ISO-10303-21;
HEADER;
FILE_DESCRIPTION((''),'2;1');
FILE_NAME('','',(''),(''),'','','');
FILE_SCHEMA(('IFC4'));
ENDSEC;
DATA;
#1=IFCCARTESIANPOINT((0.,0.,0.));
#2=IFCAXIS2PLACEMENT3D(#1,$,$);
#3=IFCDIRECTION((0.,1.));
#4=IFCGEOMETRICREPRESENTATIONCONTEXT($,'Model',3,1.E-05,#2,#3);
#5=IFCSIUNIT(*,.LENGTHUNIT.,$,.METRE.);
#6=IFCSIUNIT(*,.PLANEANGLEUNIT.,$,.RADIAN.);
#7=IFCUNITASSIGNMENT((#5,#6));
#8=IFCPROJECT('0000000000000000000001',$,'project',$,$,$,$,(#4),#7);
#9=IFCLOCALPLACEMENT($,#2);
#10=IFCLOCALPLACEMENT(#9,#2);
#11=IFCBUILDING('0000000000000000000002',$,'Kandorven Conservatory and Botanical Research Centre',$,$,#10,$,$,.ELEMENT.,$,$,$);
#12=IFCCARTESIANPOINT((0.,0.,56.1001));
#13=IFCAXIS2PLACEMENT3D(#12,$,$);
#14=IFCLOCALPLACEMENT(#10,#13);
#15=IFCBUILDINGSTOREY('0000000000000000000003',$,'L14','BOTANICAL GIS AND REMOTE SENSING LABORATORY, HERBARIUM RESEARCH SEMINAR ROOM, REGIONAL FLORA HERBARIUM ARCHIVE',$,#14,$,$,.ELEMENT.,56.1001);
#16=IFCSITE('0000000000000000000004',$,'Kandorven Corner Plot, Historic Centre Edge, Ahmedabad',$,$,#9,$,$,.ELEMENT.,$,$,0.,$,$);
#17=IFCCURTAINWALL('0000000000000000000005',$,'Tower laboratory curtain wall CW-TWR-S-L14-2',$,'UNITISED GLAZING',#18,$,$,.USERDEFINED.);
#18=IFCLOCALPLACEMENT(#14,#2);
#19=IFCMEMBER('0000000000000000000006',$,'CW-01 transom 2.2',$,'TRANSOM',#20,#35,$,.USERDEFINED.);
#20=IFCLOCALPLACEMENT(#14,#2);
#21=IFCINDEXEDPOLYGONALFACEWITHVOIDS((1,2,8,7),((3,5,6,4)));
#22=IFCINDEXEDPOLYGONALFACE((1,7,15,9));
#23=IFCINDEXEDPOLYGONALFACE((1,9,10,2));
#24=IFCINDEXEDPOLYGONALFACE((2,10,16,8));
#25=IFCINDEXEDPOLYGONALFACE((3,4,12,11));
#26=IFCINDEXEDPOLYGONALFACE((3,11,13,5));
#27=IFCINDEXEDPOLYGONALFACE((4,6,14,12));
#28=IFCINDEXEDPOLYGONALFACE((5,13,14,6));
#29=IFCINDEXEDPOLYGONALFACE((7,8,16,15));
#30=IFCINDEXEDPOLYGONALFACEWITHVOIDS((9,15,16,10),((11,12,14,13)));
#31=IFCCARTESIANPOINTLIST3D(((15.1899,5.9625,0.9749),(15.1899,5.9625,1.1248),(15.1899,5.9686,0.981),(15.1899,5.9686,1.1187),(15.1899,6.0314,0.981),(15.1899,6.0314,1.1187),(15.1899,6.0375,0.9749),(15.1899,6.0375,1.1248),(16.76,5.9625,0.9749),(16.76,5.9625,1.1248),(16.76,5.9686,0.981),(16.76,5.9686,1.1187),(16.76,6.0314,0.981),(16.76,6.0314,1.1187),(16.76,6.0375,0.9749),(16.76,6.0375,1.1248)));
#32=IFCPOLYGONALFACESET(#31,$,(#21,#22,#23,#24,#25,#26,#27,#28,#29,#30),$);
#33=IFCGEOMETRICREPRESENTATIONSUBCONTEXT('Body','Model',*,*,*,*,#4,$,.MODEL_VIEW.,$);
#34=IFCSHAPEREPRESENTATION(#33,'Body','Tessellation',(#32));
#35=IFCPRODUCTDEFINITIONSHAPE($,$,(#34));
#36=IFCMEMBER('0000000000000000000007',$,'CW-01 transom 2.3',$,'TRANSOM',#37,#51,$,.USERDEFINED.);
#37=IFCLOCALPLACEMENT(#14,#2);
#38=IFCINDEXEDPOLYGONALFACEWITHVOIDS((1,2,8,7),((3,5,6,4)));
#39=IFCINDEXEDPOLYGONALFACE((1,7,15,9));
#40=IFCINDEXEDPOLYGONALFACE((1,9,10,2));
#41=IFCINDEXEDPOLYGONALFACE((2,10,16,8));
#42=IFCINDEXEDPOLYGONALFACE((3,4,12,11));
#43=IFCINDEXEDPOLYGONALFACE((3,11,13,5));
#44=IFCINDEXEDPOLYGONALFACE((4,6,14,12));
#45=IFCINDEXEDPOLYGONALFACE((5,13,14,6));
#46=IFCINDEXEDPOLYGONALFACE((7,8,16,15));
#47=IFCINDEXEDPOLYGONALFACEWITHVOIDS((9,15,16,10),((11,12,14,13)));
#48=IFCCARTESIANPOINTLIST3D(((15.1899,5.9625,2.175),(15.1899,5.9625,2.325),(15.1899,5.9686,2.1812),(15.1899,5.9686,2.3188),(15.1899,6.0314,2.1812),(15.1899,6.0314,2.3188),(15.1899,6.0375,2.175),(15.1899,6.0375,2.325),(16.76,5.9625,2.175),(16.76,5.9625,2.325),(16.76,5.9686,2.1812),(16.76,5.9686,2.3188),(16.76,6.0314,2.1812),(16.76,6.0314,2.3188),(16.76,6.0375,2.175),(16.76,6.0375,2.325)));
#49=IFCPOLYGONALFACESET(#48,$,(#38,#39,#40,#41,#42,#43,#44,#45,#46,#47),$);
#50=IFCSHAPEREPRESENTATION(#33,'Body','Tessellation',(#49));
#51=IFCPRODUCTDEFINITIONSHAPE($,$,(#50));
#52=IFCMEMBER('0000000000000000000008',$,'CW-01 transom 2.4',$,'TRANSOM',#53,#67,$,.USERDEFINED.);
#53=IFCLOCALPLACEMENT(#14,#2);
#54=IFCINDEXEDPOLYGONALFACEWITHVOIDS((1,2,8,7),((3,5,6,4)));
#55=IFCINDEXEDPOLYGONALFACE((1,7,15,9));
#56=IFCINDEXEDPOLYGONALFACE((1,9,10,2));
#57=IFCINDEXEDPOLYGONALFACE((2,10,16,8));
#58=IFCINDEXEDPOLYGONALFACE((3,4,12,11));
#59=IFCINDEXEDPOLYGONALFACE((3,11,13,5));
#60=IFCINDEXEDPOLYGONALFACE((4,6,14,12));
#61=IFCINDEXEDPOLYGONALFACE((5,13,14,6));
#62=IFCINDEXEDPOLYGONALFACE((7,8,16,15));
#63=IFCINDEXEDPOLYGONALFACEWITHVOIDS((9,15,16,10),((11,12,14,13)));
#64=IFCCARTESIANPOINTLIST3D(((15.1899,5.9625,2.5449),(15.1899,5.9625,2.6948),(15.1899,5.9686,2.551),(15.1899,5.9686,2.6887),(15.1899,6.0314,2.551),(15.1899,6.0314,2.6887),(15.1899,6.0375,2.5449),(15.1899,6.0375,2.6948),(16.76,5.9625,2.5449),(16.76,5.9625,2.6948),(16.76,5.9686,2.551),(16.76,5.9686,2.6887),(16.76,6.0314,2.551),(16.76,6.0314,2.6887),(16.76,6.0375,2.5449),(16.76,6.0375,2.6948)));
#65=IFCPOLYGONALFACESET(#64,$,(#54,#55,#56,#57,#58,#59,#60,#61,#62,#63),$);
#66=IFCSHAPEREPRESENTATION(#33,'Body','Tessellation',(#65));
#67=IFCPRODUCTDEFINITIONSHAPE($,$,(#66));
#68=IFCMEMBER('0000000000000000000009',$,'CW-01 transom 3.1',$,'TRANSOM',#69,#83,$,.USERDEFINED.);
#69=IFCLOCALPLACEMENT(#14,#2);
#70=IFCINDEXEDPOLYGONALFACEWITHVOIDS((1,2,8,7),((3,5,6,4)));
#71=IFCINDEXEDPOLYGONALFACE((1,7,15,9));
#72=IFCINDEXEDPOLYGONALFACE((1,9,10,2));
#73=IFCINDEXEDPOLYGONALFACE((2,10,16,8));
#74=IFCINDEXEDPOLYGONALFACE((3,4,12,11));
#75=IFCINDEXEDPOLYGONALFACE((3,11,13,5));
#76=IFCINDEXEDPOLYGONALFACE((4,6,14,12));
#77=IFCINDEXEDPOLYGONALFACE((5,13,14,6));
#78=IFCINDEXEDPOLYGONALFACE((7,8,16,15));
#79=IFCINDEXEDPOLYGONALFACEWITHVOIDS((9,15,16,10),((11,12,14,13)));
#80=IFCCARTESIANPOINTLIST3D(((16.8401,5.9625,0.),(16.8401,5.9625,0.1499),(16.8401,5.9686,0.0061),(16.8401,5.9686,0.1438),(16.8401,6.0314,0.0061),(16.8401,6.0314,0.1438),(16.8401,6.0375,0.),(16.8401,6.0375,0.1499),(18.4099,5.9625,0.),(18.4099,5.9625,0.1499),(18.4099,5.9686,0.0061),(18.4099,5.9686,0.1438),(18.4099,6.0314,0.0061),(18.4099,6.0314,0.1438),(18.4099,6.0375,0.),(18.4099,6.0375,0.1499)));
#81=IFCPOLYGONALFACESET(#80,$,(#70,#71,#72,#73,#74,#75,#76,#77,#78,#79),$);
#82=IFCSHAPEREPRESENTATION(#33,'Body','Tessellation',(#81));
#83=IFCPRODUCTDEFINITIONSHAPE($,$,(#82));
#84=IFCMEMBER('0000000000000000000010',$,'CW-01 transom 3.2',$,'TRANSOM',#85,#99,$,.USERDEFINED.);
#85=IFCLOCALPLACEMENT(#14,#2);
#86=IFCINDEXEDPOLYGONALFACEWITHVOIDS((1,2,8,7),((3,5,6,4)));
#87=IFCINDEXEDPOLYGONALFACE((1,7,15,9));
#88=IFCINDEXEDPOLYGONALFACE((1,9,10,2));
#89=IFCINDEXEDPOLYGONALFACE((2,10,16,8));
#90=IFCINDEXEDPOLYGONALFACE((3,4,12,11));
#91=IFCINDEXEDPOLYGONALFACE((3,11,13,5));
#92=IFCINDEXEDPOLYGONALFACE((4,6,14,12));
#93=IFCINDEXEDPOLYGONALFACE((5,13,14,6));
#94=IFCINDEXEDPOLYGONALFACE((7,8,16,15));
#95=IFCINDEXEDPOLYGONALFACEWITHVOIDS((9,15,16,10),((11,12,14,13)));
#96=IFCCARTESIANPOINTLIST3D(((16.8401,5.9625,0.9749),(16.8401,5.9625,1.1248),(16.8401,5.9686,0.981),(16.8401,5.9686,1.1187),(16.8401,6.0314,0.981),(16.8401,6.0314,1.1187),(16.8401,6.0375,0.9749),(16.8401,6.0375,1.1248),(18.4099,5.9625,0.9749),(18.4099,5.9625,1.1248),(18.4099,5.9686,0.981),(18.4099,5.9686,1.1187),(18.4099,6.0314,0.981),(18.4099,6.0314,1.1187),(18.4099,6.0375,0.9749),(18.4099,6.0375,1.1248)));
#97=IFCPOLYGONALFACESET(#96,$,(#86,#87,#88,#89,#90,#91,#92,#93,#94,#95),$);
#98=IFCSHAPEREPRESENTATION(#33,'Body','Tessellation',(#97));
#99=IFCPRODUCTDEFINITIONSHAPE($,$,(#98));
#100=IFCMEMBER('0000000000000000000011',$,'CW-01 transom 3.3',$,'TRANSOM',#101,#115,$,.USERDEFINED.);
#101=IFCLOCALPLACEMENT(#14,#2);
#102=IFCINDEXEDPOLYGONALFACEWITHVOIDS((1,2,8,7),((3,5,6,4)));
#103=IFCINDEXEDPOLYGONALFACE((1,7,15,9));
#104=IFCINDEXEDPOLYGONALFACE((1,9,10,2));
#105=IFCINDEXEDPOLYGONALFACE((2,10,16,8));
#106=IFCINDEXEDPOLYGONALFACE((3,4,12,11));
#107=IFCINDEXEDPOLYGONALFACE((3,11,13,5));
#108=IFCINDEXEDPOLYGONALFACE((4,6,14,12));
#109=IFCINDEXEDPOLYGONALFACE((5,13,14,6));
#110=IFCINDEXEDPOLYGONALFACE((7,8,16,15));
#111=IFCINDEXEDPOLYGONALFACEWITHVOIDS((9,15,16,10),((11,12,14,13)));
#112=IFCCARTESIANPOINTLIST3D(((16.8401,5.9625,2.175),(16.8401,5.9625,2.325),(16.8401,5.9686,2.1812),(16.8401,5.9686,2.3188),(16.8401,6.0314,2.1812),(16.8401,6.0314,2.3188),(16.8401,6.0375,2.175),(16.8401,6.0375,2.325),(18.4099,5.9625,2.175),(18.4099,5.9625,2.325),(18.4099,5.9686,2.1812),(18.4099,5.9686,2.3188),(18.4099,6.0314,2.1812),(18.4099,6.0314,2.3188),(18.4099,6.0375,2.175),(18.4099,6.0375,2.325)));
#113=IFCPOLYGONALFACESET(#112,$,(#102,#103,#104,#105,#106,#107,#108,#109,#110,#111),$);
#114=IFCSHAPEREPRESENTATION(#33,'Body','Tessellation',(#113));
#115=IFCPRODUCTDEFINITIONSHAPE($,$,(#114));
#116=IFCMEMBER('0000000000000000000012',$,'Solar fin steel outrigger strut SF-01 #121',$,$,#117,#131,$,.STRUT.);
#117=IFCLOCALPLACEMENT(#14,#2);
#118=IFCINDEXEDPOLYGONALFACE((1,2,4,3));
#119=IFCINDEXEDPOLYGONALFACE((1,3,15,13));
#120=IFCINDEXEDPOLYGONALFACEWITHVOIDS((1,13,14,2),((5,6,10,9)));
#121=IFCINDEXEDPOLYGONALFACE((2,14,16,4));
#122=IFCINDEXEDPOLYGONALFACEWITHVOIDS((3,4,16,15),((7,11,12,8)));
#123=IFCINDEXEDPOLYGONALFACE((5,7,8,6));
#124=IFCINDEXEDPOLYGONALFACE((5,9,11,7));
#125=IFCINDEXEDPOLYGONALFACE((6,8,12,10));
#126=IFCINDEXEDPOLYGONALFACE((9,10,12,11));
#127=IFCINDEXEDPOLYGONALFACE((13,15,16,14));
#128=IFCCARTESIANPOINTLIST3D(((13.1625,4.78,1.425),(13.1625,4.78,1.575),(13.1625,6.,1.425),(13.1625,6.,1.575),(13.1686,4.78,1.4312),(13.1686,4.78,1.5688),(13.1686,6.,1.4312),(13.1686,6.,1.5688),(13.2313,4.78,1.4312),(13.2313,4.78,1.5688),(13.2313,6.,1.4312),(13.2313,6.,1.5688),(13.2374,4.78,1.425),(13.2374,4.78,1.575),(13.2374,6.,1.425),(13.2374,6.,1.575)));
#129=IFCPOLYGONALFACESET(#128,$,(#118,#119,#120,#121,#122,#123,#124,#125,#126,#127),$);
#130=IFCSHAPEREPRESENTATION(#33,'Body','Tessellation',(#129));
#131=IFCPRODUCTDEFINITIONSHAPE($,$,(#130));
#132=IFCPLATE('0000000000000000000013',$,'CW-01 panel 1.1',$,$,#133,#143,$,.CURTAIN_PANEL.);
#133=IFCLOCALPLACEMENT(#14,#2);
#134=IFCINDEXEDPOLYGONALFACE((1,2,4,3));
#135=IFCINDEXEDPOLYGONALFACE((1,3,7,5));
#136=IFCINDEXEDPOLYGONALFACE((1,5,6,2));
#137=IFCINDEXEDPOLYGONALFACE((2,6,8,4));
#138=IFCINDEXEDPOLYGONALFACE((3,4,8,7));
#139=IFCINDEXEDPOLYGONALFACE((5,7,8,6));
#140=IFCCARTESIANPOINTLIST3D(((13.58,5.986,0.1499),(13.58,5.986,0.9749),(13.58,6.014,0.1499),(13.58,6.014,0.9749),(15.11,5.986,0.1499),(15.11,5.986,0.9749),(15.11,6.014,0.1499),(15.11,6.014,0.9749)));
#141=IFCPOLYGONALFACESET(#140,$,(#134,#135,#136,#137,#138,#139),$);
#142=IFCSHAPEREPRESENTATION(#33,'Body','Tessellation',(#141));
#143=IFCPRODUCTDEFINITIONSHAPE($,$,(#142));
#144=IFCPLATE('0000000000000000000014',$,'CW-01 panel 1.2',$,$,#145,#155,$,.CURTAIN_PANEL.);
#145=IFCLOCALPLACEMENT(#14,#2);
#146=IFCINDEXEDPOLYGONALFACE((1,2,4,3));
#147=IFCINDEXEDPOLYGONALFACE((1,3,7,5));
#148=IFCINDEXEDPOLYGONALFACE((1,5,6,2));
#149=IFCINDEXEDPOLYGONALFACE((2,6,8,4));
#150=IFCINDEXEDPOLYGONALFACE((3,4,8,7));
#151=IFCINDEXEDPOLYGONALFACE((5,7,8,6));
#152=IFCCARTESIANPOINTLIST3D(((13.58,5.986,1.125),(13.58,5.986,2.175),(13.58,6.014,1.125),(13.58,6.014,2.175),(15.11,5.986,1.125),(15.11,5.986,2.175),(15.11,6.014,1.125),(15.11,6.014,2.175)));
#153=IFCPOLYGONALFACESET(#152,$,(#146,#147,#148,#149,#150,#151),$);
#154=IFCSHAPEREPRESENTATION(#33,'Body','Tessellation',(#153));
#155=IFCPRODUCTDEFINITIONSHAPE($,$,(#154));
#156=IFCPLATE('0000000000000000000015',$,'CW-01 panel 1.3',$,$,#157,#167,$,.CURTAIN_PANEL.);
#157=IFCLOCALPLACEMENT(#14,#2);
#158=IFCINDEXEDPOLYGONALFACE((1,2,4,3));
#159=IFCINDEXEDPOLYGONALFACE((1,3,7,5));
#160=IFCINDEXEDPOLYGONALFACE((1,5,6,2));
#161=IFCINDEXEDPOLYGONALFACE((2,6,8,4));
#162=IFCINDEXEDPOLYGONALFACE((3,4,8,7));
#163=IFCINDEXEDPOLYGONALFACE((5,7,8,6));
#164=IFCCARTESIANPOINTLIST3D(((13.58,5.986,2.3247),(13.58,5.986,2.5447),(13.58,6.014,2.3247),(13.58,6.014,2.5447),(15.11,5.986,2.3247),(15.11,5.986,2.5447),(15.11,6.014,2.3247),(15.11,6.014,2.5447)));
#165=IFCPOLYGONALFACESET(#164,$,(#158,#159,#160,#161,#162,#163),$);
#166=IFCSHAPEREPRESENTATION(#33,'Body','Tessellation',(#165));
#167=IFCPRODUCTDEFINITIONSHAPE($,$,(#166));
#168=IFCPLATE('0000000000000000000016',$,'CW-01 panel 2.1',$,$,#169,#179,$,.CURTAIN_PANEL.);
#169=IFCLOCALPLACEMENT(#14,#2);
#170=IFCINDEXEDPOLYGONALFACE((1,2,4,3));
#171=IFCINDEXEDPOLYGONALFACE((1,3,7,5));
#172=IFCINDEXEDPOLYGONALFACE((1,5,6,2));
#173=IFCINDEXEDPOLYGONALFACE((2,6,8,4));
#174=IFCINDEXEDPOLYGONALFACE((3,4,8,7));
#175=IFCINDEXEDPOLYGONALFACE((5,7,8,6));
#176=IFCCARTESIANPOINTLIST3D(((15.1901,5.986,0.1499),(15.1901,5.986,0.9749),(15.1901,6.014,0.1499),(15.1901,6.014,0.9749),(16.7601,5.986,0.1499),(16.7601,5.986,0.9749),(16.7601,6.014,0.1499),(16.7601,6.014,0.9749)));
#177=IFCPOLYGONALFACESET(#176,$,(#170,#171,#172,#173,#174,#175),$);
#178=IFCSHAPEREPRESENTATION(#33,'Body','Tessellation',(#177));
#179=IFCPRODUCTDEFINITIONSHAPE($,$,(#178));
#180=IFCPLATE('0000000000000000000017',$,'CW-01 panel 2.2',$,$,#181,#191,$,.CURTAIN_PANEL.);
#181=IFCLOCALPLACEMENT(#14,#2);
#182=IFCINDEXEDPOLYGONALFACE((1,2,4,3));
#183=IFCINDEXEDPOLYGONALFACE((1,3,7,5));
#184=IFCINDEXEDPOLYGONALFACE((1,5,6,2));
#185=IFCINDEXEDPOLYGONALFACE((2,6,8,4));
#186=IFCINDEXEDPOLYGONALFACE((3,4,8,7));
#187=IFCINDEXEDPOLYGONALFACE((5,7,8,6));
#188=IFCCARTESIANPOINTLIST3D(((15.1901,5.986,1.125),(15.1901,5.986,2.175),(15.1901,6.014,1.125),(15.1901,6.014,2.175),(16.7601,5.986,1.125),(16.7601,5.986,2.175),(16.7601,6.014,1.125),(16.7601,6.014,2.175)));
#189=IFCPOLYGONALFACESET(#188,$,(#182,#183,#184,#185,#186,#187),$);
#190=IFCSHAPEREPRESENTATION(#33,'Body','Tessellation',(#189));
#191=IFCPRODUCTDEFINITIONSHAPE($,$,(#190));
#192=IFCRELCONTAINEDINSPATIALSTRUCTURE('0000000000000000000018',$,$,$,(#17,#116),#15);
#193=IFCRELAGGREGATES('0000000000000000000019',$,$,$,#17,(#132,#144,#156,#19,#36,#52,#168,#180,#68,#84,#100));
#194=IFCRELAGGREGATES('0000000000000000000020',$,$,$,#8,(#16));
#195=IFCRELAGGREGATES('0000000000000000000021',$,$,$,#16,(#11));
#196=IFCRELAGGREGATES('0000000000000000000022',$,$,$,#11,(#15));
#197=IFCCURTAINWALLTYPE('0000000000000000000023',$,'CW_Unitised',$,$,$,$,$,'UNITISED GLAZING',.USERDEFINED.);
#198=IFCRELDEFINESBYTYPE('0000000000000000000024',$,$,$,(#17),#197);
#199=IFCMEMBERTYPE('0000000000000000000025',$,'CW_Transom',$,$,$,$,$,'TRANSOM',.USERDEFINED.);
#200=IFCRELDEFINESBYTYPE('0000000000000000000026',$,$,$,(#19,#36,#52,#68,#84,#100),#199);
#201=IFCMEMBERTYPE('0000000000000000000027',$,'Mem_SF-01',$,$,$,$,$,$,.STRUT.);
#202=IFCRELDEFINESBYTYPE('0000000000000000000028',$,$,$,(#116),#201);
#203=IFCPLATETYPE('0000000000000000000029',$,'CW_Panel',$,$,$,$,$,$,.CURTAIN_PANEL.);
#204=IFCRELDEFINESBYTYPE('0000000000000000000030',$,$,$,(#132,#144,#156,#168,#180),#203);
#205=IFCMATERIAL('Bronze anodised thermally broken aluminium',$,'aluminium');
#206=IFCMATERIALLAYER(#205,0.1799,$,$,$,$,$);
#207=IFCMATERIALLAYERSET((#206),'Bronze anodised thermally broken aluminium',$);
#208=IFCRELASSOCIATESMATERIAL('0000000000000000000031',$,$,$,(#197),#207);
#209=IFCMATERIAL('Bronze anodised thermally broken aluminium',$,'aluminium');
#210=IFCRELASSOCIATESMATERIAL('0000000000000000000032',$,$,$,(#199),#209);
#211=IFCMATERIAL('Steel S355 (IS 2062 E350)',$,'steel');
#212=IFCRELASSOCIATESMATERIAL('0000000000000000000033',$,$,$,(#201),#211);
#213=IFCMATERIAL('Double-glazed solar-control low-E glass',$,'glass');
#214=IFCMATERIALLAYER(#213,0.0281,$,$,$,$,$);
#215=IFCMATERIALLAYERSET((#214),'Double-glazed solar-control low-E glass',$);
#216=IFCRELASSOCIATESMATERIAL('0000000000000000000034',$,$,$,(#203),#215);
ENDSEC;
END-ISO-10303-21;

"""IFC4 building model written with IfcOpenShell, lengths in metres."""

from ifc_helpers import new_model, si_unit, direction, frame, origin, origin_2d, place, context, subcontext, project, spatial, rectangle, hollow_rectangle, extrude, material, layer, layer_set, material_profile, profile_set, type_object, element, aggregate, save


model = new_model("IFC4")

# Units and contexts
model_context = context("Model", 3, precision=1e-05, world=origin(), true_north=direction((0.0, 1.0)))
body_context = subcontext(model_context, "Body", "Model", "MODEL_VIEW")
ifc_project = project(units=[si_unit("LENGTHUNIT", "METRE"), si_unit("PLANEANGLEUNIT", "RADIAN")], contexts=[model_context])

# Site, building, storey
site_placement = place(None, origin())
site = spatial("IfcSite", under=ifc_project, at=site_placement, Name="Kandorven Corner Plot, Historic Centre Edge, Ahmedabad", CompositionType="ELEMENT", RefElevation=0.0)
building_placement = place(site_placement, origin())
building = spatial("IfcBuilding", under=site, at=building_placement, Name="Kandorven Conservatory and Botanical Research Centre", CompositionType="ELEMENT")
storey_placement = place(building_placement, frame((0.0, 0.0, 56.1001)))
storey = spatial("IfcBuildingStorey", under=building, at=storey_placement, Name="L14", Description="BOTANICAL GIS AND REMOTE SENSING LABORATORY, HERBARIUM RESEARCH SEMINAR ROOM, REGIONAL FLORA HERBARIUM ARCHIVE", CompositionType="ELEMENT", Elevation=56.1001)

# Curtain wall, members
ifc_material_1 = material(Name="Bronze anodised thermally broken aluminium", Category="aluminium")
ifc_layer_1 = layer(ifc_material_1, 0.1799)
ifc_layer_set_1 = layer_set([ifc_layer_1], Name="Bronze anodised thermally broken aluminium")
curtain_wall_type = type_object("IfcCurtainWallType", Name="CW_Unitised", ElementType="UNITISED GLAZING", PredefinedType="USERDEFINED", material=ifc_layer_set_1)
curtain_wall_placement = place(storey_placement, origin())
curtain_wall = element("IfcCurtainWall", 1, at=curtain_wall_placement, inside=storey, type_object=curtain_wall_type, Name="Tower laboratory curtain wall CW-TWR-S-L14-2", ObjectType="UNITISED GLAZING", PredefinedType="USERDEFINED")
ifc_material_2 = material(Name="Bronze anodised thermally broken aluminium", Category="aluminium")
ifc_material_profile_1 = material_profile(ifc_material_2, hollow_rectangle(XDim=0.075, YDim=0.1499, WallThickness=0.0061, at=origin_2d()))
ifc_profile_set_1 = profile_set([ifc_material_profile_1], Name="Bronze anodised thermally broken aluminium")
member_type_1 = type_object("IfcMemberType", Name="CW_Transom", ElementType="TRANSOM", PredefinedType="USERDEFINED", material=ifc_profile_set_1)
member_1_placement = place(storey_placement, frame((15.1899, 6.0, 1.0498), z_axis=(1.0, 0.0, 0.0), x_axis=(0.0, 1.0, 0.0)))
member_1 = element("IfcMember", 2, at=member_1_placement, type_object=member_type_1, Name="CW-01 transom 2.2", ObjectType="TRANSOM", PredefinedType="USERDEFINED", context=body_context, shape_type="SweptSolid", body=[
    extrude(hollow_rectangle(XDim=0.075, YDim=0.1499, WallThickness=0.0061, at=origin_2d()), origin(), (0.0, 0.0, 1.0), 1.5701),
])
member_2_placement = place(storey_placement, frame((15.1899, 6.0, 2.25), z_axis=(1.0, 0.0, 0.0), x_axis=(0.0, 1.0, 0.0)))
member_2 = element("IfcMember", 3, at=member_2_placement, type_object=member_type_1, Name="CW-01 transom 2.3", ObjectType="TRANSOM", PredefinedType="USERDEFINED", context=body_context, shape_type="SweptSolid", body=[
    extrude(hollow_rectangle(XDim=0.075, YDim=0.1499, WallThickness=0.0061, at=origin_2d()), origin(), (0.0, 0.0, 1.0), 1.5701),
])
member_3_placement = place(storey_placement, frame((15.1899, 6.0, 2.6199), z_axis=(1.0, 0.0, 0.0), x_axis=(0.0, 1.0, 0.0)))
member_3 = element("IfcMember", 4, at=member_3_placement, type_object=member_type_1, Name="CW-01 transom 2.4", ObjectType="TRANSOM", PredefinedType="USERDEFINED", context=body_context, shape_type="SweptSolid", body=[
    extrude(hollow_rectangle(XDim=0.075, YDim=0.1499, WallThickness=0.0061, at=origin_2d()), origin(), (0.0, 0.0, 1.0), 1.5701),
])
member_4_placement = place(storey_placement, frame((16.8401, 6.0, 0.075), z_axis=(1.0, 0.0, 0.0), x_axis=(0.0, 1.0, 0.0)))
member_4 = element("IfcMember", 5, at=member_4_placement, type_object=member_type_1, Name="CW-01 transom 3.1", ObjectType="TRANSOM", PredefinedType="USERDEFINED", context=body_context, shape_type="SweptSolid", body=[
    extrude(hollow_rectangle(XDim=0.075, YDim=0.1499, WallThickness=0.0061, at=origin_2d()), origin(), (0.0, 0.0, 1.0), 1.5698),
])
member_5_placement = place(storey_placement, frame((16.8401, 6.0, 1.0498), z_axis=(1.0, 0.0, 0.0), x_axis=(0.0, 1.0, 0.0)))
member_5 = element("IfcMember", 6, at=member_5_placement, type_object=member_type_1, Name="CW-01 transom 3.2", ObjectType="TRANSOM", PredefinedType="USERDEFINED", context=body_context, shape_type="SweptSolid", body=[
    extrude(hollow_rectangle(XDim=0.075, YDim=0.1499, WallThickness=0.0061, at=origin_2d()), origin(), (0.0, 0.0, 1.0), 1.5698),
])
member_6_placement = place(storey_placement, frame((16.8401, 6.0, 2.25), z_axis=(1.0, 0.0, 0.0), x_axis=(0.0, 1.0, 0.0)))
member_6 = element("IfcMember", 7, at=member_6_placement, type_object=member_type_1, Name="CW-01 transom 3.3", ObjectType="TRANSOM", PredefinedType="USERDEFINED", context=body_context, shape_type="SweptSolid", body=[
    extrude(hollow_rectangle(XDim=0.075, YDim=0.1499, WallThickness=0.0061, at=origin_2d()), origin(), (0.0, 0.0, 1.0), 1.5698),
])

# Member
ifc_material_3 = material(Name="Steel S355 (IS 2062 E350)", Category="steel")
ifc_material_profile_2 = material_profile(ifc_material_3, hollow_rectangle(XDim=0.075, YDim=0.1499, WallThickness=0.0061, at=origin_2d()))
ifc_profile_set_2 = profile_set([ifc_material_profile_2], Name="Steel S355 (IS 2062 E350)")
member_type_2 = type_object("IfcMemberType", Name="Mem_SF-01", PredefinedType="STRUT", material=ifc_profile_set_2)
member_7_placement = place(storey_placement, frame((13.2, 6.0, 1.5), z_axis=(0.0, -1.0, 0.0), x_axis=(1.0, 0.0, 0.0)))
element("IfcMember", 8, at=member_7_placement, inside=storey, type_object=member_type_2, Name="Solar fin steel outrigger strut SF-01 #121", PredefinedType="STRUT", context=body_context, shape_type="SweptSolid", body=[
    extrude(hollow_rectangle(XDim=0.075, YDim=0.1499, WallThickness=0.0061, at=origin_2d()), origin(), (0.0, 0.0, 1.0), 1.22),
])

# Plates
ifc_material_4 = material(Name="Double-glazed solar-control low-E glass", Category="glass")
ifc_layer_2 = layer(ifc_material_4, 0.0281)
ifc_layer_set_2 = layer_set([ifc_layer_2], Name="Double-glazed solar-control low-E glass")
plate_type_1 = type_object("IfcPlateType", Name="CW_Panel", PredefinedType="CURTAIN_PANEL", material=ifc_layer_set_2)
plate_1_placement = place(storey_placement, frame((14.345, 6.0, 0.1499), z_axis=(0.0, 0.0, 1.0), x_axis=(1.0, 0.0, 0.0)))
plate_1 = element("IfcPlate", 9, at=plate_1_placement, type_object=plate_type_1, Name="CW-01 panel 1.1", PredefinedType="CURTAIN_PANEL", context=body_context, shape_type="SweptSolid", body=[
    extrude(rectangle(XDim=1.53, YDim=0.0281, at=origin_2d()), origin(), (0.0, 0.0, 1.0), 0.825),
])
plate_2_placement = place(storey_placement, frame((14.345, 6.0, 1.125), z_axis=(0.0, 0.0, 1.0), x_axis=(1.0, 0.0, 0.0)))
plate_2 = element("IfcPlate", 10, at=plate_2_placement, type_object=plate_type_1, Name="CW-01 panel 1.2", PredefinedType="CURTAIN_PANEL", context=body_context, shape_type="SweptSolid", body=[
    extrude(rectangle(XDim=1.53, YDim=0.0281, at=origin_2d()), origin(), (0.0, 0.0, 1.0), 1.05),
])
plate_3_placement = place(storey_placement, frame((14.345, 6.0, 2.3247), z_axis=(0.0, 0.0, 1.0), x_axis=(1.0, 0.0, 0.0)))
plate_3 = element("IfcPlate", 11, at=plate_3_placement, type_object=plate_type_1, Name="CW-01 panel 1.3", PredefinedType="CURTAIN_PANEL", context=body_context, shape_type="SweptSolid", body=[
    extrude(rectangle(XDim=1.53, YDim=0.0281, at=origin_2d()), origin(), (0.0, 0.0, 1.0), 0.22),
])
plate_4_placement = place(storey_placement, frame((15.9751, 6.0, 0.1499), z_axis=(0.0, 0.0, 1.0), x_axis=(1.0, 0.0, 0.0)))
plate_4 = element("IfcPlate", 12, at=plate_4_placement, type_object=plate_type_1, Name="CW-01 panel 2.1", PredefinedType="CURTAIN_PANEL", context=body_context, shape_type="SweptSolid", body=[
    extrude(rectangle(XDim=1.5701, YDim=0.0281, at=origin_2d()), origin(), (0.0, 0.0, 1.0), 0.825),
])
plate_5_placement = place(storey_placement, frame((15.9751, 6.0, 1.125), z_axis=(0.0, 0.0, 1.0), x_axis=(1.0, 0.0, 0.0)))
plate_5 = element("IfcPlate", 13, at=plate_5_placement, type_object=plate_type_1, Name="CW-01 panel 2.2", PredefinedType="CURTAIN_PANEL", context=body_context, shape_type="SweptSolid", body=[
    extrude(rectangle(XDim=1.5701, YDim=0.0281, at=origin_2d()), origin(), (0.0, 0.0, 1.0), 1.05),
])
aggregate(curtain_wall, [plate_1, plate_2, plate_3, member_1, member_2, member_3, plate_4, plate_5, member_4, member_5, member_6])

save(model, "model.ifc")
